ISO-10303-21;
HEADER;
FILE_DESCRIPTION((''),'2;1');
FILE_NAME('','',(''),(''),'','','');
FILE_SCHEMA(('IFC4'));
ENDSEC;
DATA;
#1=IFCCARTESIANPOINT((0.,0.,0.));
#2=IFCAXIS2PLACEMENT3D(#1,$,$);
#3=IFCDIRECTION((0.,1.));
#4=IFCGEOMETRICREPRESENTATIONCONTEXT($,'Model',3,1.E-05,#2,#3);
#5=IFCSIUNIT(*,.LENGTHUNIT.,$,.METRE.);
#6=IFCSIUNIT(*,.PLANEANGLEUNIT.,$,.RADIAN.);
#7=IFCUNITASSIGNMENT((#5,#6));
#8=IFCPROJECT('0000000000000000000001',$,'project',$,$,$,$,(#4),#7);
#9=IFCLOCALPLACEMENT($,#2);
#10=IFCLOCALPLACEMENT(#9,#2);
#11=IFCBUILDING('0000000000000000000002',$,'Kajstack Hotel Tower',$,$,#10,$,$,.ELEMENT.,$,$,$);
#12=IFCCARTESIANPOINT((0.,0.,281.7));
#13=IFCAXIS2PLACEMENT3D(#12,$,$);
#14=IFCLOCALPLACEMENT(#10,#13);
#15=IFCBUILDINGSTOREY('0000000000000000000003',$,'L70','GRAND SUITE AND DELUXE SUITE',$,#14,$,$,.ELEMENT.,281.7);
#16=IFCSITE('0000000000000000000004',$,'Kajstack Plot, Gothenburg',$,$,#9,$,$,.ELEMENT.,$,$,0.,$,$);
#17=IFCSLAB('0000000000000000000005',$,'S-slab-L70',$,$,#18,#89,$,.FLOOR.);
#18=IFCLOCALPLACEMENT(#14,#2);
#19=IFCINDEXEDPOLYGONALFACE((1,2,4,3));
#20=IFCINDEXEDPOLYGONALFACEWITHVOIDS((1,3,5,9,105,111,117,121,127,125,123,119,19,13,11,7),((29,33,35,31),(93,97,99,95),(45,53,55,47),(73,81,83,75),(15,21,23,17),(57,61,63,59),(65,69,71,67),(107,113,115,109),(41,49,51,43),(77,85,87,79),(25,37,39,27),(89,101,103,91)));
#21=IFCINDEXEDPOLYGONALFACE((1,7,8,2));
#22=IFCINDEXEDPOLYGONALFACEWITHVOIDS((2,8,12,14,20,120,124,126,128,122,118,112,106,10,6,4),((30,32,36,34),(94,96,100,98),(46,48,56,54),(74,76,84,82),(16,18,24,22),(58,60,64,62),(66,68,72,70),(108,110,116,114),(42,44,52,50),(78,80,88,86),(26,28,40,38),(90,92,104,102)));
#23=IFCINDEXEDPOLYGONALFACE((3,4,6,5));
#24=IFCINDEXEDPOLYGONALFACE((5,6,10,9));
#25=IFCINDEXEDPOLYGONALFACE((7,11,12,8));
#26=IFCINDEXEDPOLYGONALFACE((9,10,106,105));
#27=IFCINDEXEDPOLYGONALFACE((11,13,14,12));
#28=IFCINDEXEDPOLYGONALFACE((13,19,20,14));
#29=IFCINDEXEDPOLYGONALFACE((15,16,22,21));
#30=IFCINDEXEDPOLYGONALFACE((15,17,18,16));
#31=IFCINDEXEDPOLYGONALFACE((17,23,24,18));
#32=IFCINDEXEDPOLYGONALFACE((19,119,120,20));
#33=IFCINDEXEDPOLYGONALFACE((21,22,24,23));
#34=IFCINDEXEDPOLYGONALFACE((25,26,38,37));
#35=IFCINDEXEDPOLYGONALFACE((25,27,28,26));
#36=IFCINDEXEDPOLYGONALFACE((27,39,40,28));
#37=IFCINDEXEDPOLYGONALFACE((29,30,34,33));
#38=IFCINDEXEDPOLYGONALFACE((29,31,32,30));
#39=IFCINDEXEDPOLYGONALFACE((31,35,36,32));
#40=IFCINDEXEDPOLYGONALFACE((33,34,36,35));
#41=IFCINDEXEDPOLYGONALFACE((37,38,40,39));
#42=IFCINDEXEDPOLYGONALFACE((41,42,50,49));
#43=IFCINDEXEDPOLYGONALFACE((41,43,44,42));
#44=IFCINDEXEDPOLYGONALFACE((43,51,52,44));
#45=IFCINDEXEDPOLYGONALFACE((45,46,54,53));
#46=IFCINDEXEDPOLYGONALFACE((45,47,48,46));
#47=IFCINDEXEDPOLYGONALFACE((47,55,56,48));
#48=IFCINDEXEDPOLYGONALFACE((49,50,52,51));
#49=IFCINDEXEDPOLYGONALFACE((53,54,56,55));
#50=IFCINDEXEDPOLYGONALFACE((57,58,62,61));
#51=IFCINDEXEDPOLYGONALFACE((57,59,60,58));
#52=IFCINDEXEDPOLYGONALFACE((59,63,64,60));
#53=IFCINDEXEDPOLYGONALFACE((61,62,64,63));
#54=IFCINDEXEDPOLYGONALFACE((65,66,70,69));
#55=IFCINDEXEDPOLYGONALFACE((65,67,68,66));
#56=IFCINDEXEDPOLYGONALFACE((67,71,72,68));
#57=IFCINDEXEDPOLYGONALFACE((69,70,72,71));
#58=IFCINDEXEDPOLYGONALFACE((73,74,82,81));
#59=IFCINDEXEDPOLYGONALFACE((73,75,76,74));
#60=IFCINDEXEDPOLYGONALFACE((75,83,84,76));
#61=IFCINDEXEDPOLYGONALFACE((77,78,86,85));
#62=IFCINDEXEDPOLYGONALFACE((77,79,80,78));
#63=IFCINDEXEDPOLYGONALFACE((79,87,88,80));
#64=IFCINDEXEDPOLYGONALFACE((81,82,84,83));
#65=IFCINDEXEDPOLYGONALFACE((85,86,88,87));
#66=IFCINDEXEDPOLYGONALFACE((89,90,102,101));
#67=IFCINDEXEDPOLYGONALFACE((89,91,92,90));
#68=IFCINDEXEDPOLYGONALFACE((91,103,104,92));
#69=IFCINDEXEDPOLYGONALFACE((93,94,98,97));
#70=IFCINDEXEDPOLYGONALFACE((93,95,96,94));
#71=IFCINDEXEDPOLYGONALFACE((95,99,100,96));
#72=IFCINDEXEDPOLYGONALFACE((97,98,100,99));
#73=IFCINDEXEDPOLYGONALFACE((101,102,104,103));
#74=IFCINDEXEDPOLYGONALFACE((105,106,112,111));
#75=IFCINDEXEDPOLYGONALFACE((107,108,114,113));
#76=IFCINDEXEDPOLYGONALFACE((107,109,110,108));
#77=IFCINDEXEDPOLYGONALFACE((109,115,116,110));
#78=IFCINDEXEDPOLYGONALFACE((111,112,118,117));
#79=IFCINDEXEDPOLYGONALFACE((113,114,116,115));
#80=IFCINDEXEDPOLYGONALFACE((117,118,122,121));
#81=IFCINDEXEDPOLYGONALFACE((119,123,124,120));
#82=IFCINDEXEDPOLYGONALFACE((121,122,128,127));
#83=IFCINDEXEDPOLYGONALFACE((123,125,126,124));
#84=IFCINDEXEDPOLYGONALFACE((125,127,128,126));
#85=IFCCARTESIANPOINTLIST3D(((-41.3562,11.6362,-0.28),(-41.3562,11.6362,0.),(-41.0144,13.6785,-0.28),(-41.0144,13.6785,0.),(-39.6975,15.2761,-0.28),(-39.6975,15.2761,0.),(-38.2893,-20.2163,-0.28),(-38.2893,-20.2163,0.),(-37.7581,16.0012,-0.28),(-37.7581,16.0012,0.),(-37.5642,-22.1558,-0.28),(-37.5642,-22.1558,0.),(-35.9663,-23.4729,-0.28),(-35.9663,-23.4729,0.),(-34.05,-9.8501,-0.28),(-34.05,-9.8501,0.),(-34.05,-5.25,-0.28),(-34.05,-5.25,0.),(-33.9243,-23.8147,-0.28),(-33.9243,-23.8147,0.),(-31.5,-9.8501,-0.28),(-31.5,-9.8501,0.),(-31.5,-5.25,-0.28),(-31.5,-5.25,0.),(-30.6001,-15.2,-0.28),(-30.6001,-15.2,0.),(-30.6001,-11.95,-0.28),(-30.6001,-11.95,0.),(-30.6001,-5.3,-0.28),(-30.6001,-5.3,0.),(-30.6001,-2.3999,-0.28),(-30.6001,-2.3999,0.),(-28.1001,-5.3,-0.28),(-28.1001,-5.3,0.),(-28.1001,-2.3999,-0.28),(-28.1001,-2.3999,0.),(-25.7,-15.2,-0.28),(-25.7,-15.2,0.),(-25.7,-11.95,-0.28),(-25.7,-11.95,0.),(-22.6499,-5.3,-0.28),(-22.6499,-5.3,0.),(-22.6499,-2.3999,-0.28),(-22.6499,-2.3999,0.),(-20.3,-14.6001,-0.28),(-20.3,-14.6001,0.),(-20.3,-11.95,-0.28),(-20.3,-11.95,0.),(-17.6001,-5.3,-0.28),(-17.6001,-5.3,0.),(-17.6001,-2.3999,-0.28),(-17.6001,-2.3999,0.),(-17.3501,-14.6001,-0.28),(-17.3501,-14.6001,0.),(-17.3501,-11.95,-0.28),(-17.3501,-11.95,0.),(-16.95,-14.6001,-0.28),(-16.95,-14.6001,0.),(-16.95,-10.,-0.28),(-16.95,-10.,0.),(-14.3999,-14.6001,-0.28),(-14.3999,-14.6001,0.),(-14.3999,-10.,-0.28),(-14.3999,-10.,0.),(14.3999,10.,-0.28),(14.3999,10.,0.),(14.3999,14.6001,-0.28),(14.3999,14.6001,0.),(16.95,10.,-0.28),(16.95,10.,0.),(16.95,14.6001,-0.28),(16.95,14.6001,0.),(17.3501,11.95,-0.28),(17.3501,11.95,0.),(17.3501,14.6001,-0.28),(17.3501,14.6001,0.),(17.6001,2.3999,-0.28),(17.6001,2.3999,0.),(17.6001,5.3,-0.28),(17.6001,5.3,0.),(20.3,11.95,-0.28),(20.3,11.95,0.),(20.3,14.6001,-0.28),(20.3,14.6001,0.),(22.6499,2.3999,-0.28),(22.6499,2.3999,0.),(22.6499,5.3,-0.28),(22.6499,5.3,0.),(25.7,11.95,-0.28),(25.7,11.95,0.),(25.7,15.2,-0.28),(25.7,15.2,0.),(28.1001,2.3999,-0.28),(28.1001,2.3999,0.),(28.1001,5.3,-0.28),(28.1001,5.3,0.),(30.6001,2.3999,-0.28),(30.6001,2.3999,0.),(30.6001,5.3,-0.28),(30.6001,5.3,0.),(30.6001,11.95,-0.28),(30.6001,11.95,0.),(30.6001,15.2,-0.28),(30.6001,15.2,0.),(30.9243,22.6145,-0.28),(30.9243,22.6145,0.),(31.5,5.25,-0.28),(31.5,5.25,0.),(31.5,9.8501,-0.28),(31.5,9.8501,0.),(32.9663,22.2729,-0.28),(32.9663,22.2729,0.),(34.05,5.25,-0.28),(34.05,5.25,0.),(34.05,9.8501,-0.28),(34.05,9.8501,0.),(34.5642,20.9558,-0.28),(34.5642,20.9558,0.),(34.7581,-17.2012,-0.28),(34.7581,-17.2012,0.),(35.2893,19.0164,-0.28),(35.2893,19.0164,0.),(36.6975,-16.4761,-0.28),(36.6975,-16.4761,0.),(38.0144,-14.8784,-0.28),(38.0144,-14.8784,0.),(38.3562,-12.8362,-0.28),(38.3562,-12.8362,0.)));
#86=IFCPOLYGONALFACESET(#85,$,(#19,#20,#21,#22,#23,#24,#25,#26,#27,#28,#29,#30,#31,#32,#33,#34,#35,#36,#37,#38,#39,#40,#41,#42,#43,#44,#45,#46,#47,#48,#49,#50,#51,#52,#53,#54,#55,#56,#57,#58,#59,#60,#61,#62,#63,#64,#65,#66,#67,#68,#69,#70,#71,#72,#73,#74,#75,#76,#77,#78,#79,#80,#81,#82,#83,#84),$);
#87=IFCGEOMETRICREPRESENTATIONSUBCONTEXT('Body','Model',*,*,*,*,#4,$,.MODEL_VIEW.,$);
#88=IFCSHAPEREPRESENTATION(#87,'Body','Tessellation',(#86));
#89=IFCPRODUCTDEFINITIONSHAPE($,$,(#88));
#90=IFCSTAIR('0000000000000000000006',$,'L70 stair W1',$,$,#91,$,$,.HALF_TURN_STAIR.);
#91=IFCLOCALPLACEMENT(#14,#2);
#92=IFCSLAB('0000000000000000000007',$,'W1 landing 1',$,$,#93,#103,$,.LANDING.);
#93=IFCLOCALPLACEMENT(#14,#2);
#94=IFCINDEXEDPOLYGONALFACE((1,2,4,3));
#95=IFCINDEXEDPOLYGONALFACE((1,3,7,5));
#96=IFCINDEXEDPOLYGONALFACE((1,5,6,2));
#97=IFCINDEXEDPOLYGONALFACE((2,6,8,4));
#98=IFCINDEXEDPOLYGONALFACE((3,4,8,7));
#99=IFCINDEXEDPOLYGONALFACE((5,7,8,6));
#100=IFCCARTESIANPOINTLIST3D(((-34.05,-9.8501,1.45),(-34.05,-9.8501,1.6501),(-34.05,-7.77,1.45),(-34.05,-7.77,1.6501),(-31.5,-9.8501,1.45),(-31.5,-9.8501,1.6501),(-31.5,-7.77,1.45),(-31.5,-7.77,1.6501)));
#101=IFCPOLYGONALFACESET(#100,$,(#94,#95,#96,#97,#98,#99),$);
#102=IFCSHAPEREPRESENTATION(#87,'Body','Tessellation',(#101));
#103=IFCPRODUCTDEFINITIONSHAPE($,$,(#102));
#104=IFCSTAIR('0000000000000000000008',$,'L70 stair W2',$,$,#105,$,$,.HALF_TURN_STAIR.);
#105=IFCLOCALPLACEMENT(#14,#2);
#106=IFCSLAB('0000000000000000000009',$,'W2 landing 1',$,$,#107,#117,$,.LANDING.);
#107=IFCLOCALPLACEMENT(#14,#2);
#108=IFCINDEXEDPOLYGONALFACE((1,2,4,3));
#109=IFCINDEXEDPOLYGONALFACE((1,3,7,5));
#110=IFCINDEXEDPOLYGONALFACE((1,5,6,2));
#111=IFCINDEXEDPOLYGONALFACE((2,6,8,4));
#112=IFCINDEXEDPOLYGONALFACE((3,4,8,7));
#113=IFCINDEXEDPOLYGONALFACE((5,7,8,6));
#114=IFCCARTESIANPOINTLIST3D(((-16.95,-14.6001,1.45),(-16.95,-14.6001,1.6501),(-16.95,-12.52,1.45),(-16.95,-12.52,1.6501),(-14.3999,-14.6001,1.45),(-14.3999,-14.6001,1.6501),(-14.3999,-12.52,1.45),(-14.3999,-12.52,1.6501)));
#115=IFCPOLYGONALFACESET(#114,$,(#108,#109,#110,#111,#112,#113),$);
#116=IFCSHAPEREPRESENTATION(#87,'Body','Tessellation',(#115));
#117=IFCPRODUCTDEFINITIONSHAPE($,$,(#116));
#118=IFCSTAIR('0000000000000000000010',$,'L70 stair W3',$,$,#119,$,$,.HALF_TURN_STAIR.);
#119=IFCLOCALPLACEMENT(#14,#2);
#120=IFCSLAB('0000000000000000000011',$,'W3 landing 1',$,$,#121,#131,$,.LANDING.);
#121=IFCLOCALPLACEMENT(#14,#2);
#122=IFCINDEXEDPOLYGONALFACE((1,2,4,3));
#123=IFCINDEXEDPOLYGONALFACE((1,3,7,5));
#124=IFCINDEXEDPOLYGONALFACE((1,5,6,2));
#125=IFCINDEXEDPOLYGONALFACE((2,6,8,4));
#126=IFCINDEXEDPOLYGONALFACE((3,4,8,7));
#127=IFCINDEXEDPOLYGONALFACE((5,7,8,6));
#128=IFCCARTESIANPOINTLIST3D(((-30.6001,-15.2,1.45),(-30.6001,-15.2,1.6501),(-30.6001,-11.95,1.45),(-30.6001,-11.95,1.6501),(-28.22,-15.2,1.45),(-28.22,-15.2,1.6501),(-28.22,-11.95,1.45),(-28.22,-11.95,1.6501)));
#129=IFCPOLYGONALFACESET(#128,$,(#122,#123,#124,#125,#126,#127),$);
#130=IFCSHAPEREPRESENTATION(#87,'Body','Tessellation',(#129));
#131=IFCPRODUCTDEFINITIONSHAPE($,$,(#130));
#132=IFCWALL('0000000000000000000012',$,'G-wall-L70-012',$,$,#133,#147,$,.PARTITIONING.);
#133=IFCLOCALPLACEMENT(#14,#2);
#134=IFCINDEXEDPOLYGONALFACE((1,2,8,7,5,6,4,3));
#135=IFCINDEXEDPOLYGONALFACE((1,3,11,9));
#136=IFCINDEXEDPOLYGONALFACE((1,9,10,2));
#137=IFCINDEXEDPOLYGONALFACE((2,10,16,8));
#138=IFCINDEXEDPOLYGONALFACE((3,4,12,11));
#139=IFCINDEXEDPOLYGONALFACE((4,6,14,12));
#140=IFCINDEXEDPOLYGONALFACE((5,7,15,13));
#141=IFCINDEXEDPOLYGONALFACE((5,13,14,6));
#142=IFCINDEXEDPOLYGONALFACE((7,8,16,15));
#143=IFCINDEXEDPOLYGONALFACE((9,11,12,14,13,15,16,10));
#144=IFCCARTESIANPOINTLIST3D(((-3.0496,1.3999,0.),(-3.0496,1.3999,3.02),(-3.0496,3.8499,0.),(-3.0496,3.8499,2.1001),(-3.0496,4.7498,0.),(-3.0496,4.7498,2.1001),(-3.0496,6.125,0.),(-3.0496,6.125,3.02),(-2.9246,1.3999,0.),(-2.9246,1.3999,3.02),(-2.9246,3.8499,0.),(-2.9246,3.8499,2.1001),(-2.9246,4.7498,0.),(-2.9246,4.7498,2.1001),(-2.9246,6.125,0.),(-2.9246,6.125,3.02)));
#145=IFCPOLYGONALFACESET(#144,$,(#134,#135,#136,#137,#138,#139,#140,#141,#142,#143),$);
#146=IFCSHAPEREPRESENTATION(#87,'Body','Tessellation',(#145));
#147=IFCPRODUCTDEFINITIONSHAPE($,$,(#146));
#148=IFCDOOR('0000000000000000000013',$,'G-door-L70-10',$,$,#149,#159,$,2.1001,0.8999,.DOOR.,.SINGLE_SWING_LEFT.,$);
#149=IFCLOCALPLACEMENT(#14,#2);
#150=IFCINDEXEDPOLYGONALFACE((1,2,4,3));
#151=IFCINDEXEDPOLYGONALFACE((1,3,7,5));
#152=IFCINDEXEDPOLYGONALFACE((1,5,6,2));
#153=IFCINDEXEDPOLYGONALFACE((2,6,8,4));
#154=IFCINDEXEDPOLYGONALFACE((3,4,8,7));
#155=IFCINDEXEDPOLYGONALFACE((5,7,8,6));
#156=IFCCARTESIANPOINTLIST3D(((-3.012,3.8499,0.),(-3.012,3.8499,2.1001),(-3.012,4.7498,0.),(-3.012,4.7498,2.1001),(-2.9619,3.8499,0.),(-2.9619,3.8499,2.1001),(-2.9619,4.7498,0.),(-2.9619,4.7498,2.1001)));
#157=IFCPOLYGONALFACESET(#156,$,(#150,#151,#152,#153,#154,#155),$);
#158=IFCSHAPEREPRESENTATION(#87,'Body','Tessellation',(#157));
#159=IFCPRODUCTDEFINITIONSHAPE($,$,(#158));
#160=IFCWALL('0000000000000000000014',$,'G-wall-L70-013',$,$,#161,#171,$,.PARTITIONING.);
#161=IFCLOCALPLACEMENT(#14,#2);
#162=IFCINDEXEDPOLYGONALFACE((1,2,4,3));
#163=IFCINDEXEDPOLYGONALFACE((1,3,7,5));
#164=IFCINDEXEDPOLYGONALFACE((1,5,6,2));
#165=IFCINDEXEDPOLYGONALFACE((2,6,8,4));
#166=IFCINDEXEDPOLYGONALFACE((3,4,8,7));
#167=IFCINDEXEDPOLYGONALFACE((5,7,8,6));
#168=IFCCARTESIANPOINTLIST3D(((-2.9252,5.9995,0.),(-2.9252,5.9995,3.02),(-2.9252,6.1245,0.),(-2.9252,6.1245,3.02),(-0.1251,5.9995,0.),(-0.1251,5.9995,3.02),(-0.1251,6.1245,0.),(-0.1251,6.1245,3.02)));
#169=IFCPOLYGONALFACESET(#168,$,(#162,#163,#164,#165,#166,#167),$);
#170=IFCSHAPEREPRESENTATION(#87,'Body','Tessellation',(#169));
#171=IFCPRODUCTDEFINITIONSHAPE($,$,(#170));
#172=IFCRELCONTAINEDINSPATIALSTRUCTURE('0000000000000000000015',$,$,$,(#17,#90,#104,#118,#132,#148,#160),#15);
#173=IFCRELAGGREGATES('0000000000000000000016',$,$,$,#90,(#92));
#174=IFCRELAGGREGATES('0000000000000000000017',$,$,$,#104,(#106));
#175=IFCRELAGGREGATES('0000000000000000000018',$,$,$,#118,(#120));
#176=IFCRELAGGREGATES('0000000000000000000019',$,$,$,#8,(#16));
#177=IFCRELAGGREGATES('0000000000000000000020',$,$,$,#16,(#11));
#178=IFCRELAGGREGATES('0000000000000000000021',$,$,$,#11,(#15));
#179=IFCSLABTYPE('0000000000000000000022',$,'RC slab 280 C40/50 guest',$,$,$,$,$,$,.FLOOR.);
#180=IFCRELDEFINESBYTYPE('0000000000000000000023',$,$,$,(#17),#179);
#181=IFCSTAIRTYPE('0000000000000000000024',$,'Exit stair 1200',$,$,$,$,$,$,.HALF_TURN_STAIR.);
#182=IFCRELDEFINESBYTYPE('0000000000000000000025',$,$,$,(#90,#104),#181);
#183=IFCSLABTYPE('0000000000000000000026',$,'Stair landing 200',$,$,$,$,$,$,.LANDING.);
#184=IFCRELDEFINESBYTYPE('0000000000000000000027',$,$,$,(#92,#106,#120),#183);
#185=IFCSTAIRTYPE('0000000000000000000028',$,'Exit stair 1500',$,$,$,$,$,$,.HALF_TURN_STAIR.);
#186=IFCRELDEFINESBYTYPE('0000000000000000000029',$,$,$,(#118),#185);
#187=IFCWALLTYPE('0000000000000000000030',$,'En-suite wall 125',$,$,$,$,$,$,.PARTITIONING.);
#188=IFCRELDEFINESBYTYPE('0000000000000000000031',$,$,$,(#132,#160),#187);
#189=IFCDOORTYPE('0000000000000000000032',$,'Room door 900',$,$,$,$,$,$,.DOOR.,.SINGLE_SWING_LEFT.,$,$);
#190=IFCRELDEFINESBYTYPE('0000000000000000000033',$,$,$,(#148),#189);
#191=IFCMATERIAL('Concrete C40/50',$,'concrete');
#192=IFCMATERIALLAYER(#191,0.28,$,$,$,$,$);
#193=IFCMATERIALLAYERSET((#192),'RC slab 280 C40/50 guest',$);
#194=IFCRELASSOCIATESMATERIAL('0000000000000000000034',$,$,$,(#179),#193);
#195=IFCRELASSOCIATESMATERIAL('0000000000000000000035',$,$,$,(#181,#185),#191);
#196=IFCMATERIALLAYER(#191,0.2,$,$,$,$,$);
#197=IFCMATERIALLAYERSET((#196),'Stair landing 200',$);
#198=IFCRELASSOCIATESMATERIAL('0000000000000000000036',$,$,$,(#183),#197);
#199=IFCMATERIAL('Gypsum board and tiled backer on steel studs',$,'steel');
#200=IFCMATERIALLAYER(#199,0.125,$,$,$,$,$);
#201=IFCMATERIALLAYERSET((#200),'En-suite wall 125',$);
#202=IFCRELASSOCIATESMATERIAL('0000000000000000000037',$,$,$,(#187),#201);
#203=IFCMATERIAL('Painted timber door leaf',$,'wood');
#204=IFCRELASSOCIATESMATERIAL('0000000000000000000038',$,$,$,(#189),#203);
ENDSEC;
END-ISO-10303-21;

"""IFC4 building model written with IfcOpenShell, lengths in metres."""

from ifc_helpers import new_model, si_unit, direction, frame, frame_2d, origin, place, context, subcontext, project, spatial, polyline, rectangle, outline, extrude, material, layer, layer_set, type_object, element, fill, aggregate, save


model = new_model("IFC4")

# Units and contexts
model_context = context("Model", 3, precision=1e-05, world=origin(), true_north=direction((0.0, 1.0)))
body_context = subcontext(model_context, "Body", "Model", "MODEL_VIEW")
ifc_project = project(units=[si_unit("LENGTHUNIT", "METRE"), si_unit("PLANEANGLEUNIT", "RADIAN")], contexts=[model_context])

# Site, building, storey
site_placement = place(None, origin())
site = spatial("IfcSite", under=ifc_project, at=site_placement, Name="Kajstack Plot, Gothenburg", CompositionType="ELEMENT", RefElevation=0.0)
building_placement = place(site_placement, origin())
building = spatial("IfcBuilding", under=site, at=building_placement, Name="Kajstack Hotel Tower", CompositionType="ELEMENT")
storey_placement = place(building_placement, frame((0.0, 0.0, 281.7)))
storey = spatial("IfcBuildingStorey", under=building, at=storey_placement, Name="L70", Description="GRAND SUITE AND DELUXE SUITE", CompositionType="ELEMENT", Elevation=281.7)

# Slab
ifc_material_1 = material(Name="Concrete C40/50", Category="concrete")
ifc_layer_1 = layer(ifc_material_1, 0.28)
ifc_layer_set_1 = layer_set([ifc_layer_1], Name="RC slab 280 C40/50 guest")
slab_type_1 = type_object("IfcSlabType", Name="RC slab 280 C40/50 guest", PredefinedType="FLOOR", material=ifc_layer_set_1)
slab_1_placement = place(storey_placement, frame((0.0, 0.0, -0.28)))
element("IfcSlab", 1, at=slab_1_placement, inside=storey, type_object=slab_type_1, Name="S-slab-L70", PredefinedType="FLOOR", context=body_context, shape_type="SweptSolid", body=[
    extrude(outline(polyline([(-41.3562, 11.6362), (-38.2893, -20.2163), (-37.5642, -22.1558), (-35.9663, -23.4729), (-33.9243, -23.8147), (34.7581, -17.2012), (36.6975, -16.4761), (38.0144, -14.8784), (38.3562, -12.8362), (35.2893, 19.0164), (34.5642, 20.9558), (32.9663, 22.2729), (30.9243, 22.6145), (-37.7581, 16.0012), (-39.6975, 15.2761), (-41.0144, 13.6785), (-41.3562, 11.6362)]), holes=[polyline([(-22.6499, -5.3), (-22.6499, -2.3999), (-17.6001, -2.3999), (-17.6001, -5.3), (-22.6499, -5.3)]), polyline([(-20.3, -14.6001), (-17.3501, -14.6001), (-17.3501, -11.95), (-20.3, -11.95), (-20.3, -14.6001)]), polyline([(-30.6001, -5.3), (-28.1001, -5.3), (-28.1001, -2.3999), (-30.6001, -2.3999), (-30.6001, -5.3)]), polyline([(17.6001, 2.3999), (17.6001, 5.3), (22.6499, 5.3), (22.6499, 2.3999), (17.6001, 2.3999)]), polyline([(20.3, 14.6001), (17.3501, 14.6001), (17.3501, 11.95), (20.3, 11.95), (20.3, 14.6001)]), polyline([(30.6001, 5.3), (28.1001, 5.3), (28.1001, 2.3999), (30.6001, 2.3999), (30.6001, 5.3)]), polyline([(-34.05, -9.8501), (-31.5, -9.8501), (-31.5, -5.25), (-34.05, -5.25), (-34.05, -9.8501)]), polyline([(-16.95, -14.6001), (-14.3999, -14.6001), (-14.3999, -10.0), (-16.95, -10.0), (-16.95, -14.6001)]), polyline([(-30.6001, -15.2), (-25.7, -15.2), (-25.7, -11.95), (-30.6001, -11.95), (-30.6001, -15.2)]), polyline([(34.05, 9.8501), (31.5, 9.8501), (31.5, 5.25), (34.05, 5.25), (34.05, 9.8501)]), polyline([(16.95, 14.6001), (14.3999, 14.6001), (14.3999, 10.0), (16.95, 10.0), (16.95, 14.6001)]), polyline([(30.6001, 15.2), (25.7, 15.2), (25.7, 11.95), (30.6001, 11.95), (30.6001, 15.2)])]), origin(), (0.0, 0.0, 1.0), 0.28),
])

# Stairs, slabs
stair_type_1 = type_object("IfcStairType", Name="Exit stair 1200", PredefinedType="HALF_TURN_STAIR", material=ifc_material_1)
stair_1_placement = place(storey_placement, origin())
stair_1 = element("IfcStair", 2, at=stair_1_placement, inside=storey, type_object=stair_type_1, Name="L70 stair W1", PredefinedType="HALF_TURN_STAIR")
ifc_layer_2 = layer(ifc_material_1, 0.2)
ifc_layer_set_2 = layer_set([ifc_layer_2], Name="Stair landing 200")
slab_type_2 = type_object("IfcSlabType", Name="Stair landing 200", PredefinedType="LANDING", material=ifc_layer_set_2)
slab_2_placement = place(storey_placement, frame((0.0, 0.0, 1.45)))
slab_2 = element("IfcSlab", 3, at=slab_2_placement, type_object=slab_type_2, Name="W1 landing 1", PredefinedType="LANDING", context=body_context, shape_type="SweptSolid", body=[
    extrude(outline(polyline([(-34.05, -7.77), (-34.05, -9.8501), (-31.5, -9.8501), (-31.5, -7.77), (-34.05, -7.77)])), origin(), (0.0, 0.0, 1.0), 0.2002),
])
aggregate(stair_1, [slab_2])
stair_2_placement = place(storey_placement, origin())
stair_2 = element("IfcStair", 4, at=stair_2_placement, inside=storey, type_object=stair_type_1, Name="L70 stair W2", PredefinedType="HALF_TURN_STAIR")
slab_3_placement = place(storey_placement, frame((0.0, 0.0, 1.45)))
slab_3 = element("IfcSlab", 5, at=slab_3_placement, type_object=slab_type_2, Name="W2 landing 1", PredefinedType="LANDING", context=body_context, shape_type="SweptSolid", body=[
    extrude(outline(polyline([(-16.95, -12.52), (-16.95, -14.6001), (-14.3999, -14.6001), (-14.3999, -12.52), (-16.95, -12.52)])), origin(), (0.0, 0.0, 1.0), 0.2002),
])
aggregate(stair_2, [slab_3])
stair_type_2 = type_object("IfcStairType", Name="Exit stair 1500", PredefinedType="HALF_TURN_STAIR", material=ifc_material_1)
stair_3_placement = place(storey_placement, origin())
stair_3 = element("IfcStair", 6, at=stair_3_placement, inside=storey, type_object=stair_type_2, Name="L70 stair W3", PredefinedType="HALF_TURN_STAIR")
slab_4_placement = place(storey_placement, frame((0.0, 0.0, 1.45)))
slab_4 = element("IfcSlab", 7, at=slab_4_placement, type_object=slab_type_2, Name="W3 landing 1", PredefinedType="LANDING", context=body_context, shape_type="SweptSolid", body=[
    extrude(outline(polyline([(-28.22, -11.95), (-30.6001, -11.95), (-30.6001, -15.2), (-28.22, -15.2), (-28.22, -11.95)])), origin(), (0.0, 0.0, 1.0), 0.2002),
])
aggregate(stair_3, [slab_4])

# Wall, opening, door
ifc_material_2 = material(Name="Gypsum board and tiled backer on steel studs", Category="steel")
ifc_layer_3 = layer(ifc_material_2, 0.125)
ifc_layer_set_3 = layer_set([ifc_layer_3], Name="En-suite wall 125")
wall_type_1 = type_object("IfcWallType", Name="En-suite wall 125", PredefinedType="PARTITIONING", material=ifc_layer_set_3)
wall_1_placement = place(storey_placement, frame((-2.9871, 1.3999, 0.0), z_axis=(0.0, 0.0, 1.0), x_axis=(0.0, 1.0, 0.0)))
wall_1 = element("IfcWall", 8, at=wall_1_placement, inside=storey, type_object=wall_type_1, Name="G-wall-L70-012", PredefinedType="PARTITIONING", context=body_context, shape_type="SweptSolid", body=[
    extrude(rectangle(XDim=4.7251, YDim=0.125, at=frame_2d((2.3625, 0.0))), origin(), (0.0, 0.0, 1.0), 3.02),
])
opening_1_placement = place(wall_1_placement, frame((2.45, 0.0, 0.0)))
opening_1 = element("IfcOpeningElement", 9, at=opening_1_placement, cuts=wall_1, PredefinedType="OPENING", context=body_context, shape_type="SweptSolid", body=[
    extrude(rectangle(XDim=0.8999, YDim=2.1001, at=frame_2d((0.45, 1.05))), frame((0.0, 0.0725, 0.0), z_axis=(0.0, -1.0, 0.0), x_axis=(1.0, 0.0, 0.0)), (0.0, 0.0, 1.0), 0.145),
])
ifc_material_3 = material(Name="Painted timber door leaf", Category="wood")
door_type = type_object("IfcDoorType", Name="Room door 900", OperationType="SINGLE_SWING_LEFT", PredefinedType="DOOR", material=ifc_material_3)
door_1_placement = place(opening_1_placement, origin())
door_1 = element("IfcDoor", 10, at=door_1_placement, inside=storey, type_object=door_type, Name="G-door-L70-10", OperationType="SINGLE_SWING_LEFT", OverallHeight=2.1001, OverallWidth=0.8999, PredefinedType="DOOR", context=body_context, shape_type="SweptSolid", body=[
    extrude(rectangle(XDim=0.8999, YDim=2.1001, at=frame_2d((0.45, 1.05))), frame((0.0, 0.0249, 0.0), z_axis=(0.0, -1.0, 0.0), x_axis=(1.0, 0.0, 0.0)), (0.0, 0.0, 1.0), 0.05),
])
fill(opening_1, door_1)

# Wall
wall_2_placement = place(storey_placement, frame((-2.925, 6.062, 0.0), z_axis=(0.0, 0.0, 1.0), x_axis=(1.0, 0.0, 0.0)))
element("IfcWall", 11, at=wall_2_placement, inside=storey, type_object=wall_type_1, Name="G-wall-L70-013", PredefinedType="PARTITIONING", context=body_context, shape_type="SweptSolid", body=[
    extrude(rectangle(XDim=2.8, YDim=0.125, at=frame_2d((1.3999, 0.0))), origin(), (0.0, 0.0, 1.0), 3.02),
])

save(model, "model.ifc")
